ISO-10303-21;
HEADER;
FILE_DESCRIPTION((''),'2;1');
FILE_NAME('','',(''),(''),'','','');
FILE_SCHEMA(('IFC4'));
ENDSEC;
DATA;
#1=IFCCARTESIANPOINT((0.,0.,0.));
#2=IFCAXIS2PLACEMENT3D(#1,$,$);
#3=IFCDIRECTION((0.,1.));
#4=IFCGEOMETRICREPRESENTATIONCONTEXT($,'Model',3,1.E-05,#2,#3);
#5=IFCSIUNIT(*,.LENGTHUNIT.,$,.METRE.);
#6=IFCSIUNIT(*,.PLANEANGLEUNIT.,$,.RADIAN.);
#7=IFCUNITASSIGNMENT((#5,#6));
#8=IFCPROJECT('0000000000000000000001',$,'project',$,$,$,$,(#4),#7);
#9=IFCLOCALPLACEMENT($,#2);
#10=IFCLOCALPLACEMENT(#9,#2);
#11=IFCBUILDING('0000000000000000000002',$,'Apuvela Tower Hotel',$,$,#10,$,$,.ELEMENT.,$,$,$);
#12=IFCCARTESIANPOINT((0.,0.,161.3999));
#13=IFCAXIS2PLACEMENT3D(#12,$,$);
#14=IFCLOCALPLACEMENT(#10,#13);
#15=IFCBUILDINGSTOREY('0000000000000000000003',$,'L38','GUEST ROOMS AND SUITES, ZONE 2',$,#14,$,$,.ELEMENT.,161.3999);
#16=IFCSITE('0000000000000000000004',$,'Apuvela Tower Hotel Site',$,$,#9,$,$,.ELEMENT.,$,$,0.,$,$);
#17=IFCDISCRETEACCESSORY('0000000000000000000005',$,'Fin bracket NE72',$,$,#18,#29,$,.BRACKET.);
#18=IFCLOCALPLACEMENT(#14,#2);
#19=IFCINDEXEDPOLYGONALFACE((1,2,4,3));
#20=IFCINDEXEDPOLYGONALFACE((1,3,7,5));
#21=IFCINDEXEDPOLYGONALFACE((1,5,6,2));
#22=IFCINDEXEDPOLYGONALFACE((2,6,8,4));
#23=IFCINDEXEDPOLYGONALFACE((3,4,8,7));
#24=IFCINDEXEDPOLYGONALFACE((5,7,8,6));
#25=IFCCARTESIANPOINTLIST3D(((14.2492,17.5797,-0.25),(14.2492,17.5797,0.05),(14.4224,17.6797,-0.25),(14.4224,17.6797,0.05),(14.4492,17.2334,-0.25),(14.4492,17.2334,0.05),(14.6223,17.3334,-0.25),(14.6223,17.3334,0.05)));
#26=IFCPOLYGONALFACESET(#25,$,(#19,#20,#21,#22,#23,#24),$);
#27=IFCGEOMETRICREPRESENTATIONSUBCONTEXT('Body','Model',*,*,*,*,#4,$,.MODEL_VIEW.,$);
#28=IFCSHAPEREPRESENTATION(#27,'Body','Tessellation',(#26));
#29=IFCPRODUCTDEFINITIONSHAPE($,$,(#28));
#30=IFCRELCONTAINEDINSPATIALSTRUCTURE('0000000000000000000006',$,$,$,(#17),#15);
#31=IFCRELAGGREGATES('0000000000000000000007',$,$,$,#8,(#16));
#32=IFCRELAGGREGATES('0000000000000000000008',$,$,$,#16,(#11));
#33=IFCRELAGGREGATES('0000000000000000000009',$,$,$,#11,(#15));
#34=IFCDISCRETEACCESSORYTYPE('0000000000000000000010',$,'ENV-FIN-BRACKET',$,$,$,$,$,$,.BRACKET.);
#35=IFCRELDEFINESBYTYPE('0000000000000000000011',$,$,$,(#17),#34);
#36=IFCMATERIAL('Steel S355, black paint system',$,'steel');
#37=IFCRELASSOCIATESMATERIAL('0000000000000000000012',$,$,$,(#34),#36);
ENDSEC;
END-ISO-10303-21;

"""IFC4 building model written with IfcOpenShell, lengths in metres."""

from ifc_helpers import new_model, si_unit, direction, frame, origin, origin_2d, place, context, subcontext, project, spatial, rectangle, extrude, material, type_object, element, save


model = new_model("IFC4")

# Units and contexts
model_context = context("Model", 3, precision=1e-05, world=origin(), true_north=direction((0.0, 1.0)))
body_context = subcontext(model_context, "Body", "Model", "MODEL_VIEW")
ifc_project = project(units=[si_unit("LENGTHUNIT", "METRE"), si_unit("PLANEANGLEUNIT", "RADIAN")], contexts=[model_context])

# Site, building, storey
site_placement = place(None, origin())
site = spatial("IfcSite", under=ifc_project, at=site_placement, Name="Apuvela Tower Hotel Site", CompositionType="ELEMENT", RefElevation=0.0)
building_placement = place(site_placement, origin())
building = spatial("IfcBuilding", under=site, at=building_placement, Name="Apuvela Tower Hotel", CompositionType="ELEMENT")
storey_placement = place(building_placement, frame((0.0, 0.0, 161.3999)))
storey = spatial("IfcBuildingStorey", under=building, at=storey_placement, Name="L38", Description="GUEST ROOMS AND SUITES, ZONE 2", CompositionType="ELEMENT", Elevation=161.3999)

# Discrete accessory
ifc_material_1 = material(Name="Steel S355, black paint system", Category="steel")
discrete_accessory_type = type_object("IfcDiscreteAccessoryType", Name="ENV-FIN-BRACKET", PredefinedType="BRACKET", material=ifc_material_1)
discrete_accessory_placement = place(storey_placement, frame((14.4358, 17.4565, -0.25), z_axis=(0.0, 0.0, 1.0), x_axis=(-0.5, 0.866025, 0.0)))
element("IfcDiscreteAccessory", 1, at=discrete_accessory_placement, inside=storey, type_object=discrete_accessory_type, Name="Fin bracket NE72", PredefinedType="BRACKET", context=body_context, shape_type="SweptSolid", body=[
    extrude(rectangle(XDim=0.3999, YDim=0.2, at=origin_2d()), origin(), (0.0, 0.0, 1.0), 0.3),
])

save(model, "model.ifc")
